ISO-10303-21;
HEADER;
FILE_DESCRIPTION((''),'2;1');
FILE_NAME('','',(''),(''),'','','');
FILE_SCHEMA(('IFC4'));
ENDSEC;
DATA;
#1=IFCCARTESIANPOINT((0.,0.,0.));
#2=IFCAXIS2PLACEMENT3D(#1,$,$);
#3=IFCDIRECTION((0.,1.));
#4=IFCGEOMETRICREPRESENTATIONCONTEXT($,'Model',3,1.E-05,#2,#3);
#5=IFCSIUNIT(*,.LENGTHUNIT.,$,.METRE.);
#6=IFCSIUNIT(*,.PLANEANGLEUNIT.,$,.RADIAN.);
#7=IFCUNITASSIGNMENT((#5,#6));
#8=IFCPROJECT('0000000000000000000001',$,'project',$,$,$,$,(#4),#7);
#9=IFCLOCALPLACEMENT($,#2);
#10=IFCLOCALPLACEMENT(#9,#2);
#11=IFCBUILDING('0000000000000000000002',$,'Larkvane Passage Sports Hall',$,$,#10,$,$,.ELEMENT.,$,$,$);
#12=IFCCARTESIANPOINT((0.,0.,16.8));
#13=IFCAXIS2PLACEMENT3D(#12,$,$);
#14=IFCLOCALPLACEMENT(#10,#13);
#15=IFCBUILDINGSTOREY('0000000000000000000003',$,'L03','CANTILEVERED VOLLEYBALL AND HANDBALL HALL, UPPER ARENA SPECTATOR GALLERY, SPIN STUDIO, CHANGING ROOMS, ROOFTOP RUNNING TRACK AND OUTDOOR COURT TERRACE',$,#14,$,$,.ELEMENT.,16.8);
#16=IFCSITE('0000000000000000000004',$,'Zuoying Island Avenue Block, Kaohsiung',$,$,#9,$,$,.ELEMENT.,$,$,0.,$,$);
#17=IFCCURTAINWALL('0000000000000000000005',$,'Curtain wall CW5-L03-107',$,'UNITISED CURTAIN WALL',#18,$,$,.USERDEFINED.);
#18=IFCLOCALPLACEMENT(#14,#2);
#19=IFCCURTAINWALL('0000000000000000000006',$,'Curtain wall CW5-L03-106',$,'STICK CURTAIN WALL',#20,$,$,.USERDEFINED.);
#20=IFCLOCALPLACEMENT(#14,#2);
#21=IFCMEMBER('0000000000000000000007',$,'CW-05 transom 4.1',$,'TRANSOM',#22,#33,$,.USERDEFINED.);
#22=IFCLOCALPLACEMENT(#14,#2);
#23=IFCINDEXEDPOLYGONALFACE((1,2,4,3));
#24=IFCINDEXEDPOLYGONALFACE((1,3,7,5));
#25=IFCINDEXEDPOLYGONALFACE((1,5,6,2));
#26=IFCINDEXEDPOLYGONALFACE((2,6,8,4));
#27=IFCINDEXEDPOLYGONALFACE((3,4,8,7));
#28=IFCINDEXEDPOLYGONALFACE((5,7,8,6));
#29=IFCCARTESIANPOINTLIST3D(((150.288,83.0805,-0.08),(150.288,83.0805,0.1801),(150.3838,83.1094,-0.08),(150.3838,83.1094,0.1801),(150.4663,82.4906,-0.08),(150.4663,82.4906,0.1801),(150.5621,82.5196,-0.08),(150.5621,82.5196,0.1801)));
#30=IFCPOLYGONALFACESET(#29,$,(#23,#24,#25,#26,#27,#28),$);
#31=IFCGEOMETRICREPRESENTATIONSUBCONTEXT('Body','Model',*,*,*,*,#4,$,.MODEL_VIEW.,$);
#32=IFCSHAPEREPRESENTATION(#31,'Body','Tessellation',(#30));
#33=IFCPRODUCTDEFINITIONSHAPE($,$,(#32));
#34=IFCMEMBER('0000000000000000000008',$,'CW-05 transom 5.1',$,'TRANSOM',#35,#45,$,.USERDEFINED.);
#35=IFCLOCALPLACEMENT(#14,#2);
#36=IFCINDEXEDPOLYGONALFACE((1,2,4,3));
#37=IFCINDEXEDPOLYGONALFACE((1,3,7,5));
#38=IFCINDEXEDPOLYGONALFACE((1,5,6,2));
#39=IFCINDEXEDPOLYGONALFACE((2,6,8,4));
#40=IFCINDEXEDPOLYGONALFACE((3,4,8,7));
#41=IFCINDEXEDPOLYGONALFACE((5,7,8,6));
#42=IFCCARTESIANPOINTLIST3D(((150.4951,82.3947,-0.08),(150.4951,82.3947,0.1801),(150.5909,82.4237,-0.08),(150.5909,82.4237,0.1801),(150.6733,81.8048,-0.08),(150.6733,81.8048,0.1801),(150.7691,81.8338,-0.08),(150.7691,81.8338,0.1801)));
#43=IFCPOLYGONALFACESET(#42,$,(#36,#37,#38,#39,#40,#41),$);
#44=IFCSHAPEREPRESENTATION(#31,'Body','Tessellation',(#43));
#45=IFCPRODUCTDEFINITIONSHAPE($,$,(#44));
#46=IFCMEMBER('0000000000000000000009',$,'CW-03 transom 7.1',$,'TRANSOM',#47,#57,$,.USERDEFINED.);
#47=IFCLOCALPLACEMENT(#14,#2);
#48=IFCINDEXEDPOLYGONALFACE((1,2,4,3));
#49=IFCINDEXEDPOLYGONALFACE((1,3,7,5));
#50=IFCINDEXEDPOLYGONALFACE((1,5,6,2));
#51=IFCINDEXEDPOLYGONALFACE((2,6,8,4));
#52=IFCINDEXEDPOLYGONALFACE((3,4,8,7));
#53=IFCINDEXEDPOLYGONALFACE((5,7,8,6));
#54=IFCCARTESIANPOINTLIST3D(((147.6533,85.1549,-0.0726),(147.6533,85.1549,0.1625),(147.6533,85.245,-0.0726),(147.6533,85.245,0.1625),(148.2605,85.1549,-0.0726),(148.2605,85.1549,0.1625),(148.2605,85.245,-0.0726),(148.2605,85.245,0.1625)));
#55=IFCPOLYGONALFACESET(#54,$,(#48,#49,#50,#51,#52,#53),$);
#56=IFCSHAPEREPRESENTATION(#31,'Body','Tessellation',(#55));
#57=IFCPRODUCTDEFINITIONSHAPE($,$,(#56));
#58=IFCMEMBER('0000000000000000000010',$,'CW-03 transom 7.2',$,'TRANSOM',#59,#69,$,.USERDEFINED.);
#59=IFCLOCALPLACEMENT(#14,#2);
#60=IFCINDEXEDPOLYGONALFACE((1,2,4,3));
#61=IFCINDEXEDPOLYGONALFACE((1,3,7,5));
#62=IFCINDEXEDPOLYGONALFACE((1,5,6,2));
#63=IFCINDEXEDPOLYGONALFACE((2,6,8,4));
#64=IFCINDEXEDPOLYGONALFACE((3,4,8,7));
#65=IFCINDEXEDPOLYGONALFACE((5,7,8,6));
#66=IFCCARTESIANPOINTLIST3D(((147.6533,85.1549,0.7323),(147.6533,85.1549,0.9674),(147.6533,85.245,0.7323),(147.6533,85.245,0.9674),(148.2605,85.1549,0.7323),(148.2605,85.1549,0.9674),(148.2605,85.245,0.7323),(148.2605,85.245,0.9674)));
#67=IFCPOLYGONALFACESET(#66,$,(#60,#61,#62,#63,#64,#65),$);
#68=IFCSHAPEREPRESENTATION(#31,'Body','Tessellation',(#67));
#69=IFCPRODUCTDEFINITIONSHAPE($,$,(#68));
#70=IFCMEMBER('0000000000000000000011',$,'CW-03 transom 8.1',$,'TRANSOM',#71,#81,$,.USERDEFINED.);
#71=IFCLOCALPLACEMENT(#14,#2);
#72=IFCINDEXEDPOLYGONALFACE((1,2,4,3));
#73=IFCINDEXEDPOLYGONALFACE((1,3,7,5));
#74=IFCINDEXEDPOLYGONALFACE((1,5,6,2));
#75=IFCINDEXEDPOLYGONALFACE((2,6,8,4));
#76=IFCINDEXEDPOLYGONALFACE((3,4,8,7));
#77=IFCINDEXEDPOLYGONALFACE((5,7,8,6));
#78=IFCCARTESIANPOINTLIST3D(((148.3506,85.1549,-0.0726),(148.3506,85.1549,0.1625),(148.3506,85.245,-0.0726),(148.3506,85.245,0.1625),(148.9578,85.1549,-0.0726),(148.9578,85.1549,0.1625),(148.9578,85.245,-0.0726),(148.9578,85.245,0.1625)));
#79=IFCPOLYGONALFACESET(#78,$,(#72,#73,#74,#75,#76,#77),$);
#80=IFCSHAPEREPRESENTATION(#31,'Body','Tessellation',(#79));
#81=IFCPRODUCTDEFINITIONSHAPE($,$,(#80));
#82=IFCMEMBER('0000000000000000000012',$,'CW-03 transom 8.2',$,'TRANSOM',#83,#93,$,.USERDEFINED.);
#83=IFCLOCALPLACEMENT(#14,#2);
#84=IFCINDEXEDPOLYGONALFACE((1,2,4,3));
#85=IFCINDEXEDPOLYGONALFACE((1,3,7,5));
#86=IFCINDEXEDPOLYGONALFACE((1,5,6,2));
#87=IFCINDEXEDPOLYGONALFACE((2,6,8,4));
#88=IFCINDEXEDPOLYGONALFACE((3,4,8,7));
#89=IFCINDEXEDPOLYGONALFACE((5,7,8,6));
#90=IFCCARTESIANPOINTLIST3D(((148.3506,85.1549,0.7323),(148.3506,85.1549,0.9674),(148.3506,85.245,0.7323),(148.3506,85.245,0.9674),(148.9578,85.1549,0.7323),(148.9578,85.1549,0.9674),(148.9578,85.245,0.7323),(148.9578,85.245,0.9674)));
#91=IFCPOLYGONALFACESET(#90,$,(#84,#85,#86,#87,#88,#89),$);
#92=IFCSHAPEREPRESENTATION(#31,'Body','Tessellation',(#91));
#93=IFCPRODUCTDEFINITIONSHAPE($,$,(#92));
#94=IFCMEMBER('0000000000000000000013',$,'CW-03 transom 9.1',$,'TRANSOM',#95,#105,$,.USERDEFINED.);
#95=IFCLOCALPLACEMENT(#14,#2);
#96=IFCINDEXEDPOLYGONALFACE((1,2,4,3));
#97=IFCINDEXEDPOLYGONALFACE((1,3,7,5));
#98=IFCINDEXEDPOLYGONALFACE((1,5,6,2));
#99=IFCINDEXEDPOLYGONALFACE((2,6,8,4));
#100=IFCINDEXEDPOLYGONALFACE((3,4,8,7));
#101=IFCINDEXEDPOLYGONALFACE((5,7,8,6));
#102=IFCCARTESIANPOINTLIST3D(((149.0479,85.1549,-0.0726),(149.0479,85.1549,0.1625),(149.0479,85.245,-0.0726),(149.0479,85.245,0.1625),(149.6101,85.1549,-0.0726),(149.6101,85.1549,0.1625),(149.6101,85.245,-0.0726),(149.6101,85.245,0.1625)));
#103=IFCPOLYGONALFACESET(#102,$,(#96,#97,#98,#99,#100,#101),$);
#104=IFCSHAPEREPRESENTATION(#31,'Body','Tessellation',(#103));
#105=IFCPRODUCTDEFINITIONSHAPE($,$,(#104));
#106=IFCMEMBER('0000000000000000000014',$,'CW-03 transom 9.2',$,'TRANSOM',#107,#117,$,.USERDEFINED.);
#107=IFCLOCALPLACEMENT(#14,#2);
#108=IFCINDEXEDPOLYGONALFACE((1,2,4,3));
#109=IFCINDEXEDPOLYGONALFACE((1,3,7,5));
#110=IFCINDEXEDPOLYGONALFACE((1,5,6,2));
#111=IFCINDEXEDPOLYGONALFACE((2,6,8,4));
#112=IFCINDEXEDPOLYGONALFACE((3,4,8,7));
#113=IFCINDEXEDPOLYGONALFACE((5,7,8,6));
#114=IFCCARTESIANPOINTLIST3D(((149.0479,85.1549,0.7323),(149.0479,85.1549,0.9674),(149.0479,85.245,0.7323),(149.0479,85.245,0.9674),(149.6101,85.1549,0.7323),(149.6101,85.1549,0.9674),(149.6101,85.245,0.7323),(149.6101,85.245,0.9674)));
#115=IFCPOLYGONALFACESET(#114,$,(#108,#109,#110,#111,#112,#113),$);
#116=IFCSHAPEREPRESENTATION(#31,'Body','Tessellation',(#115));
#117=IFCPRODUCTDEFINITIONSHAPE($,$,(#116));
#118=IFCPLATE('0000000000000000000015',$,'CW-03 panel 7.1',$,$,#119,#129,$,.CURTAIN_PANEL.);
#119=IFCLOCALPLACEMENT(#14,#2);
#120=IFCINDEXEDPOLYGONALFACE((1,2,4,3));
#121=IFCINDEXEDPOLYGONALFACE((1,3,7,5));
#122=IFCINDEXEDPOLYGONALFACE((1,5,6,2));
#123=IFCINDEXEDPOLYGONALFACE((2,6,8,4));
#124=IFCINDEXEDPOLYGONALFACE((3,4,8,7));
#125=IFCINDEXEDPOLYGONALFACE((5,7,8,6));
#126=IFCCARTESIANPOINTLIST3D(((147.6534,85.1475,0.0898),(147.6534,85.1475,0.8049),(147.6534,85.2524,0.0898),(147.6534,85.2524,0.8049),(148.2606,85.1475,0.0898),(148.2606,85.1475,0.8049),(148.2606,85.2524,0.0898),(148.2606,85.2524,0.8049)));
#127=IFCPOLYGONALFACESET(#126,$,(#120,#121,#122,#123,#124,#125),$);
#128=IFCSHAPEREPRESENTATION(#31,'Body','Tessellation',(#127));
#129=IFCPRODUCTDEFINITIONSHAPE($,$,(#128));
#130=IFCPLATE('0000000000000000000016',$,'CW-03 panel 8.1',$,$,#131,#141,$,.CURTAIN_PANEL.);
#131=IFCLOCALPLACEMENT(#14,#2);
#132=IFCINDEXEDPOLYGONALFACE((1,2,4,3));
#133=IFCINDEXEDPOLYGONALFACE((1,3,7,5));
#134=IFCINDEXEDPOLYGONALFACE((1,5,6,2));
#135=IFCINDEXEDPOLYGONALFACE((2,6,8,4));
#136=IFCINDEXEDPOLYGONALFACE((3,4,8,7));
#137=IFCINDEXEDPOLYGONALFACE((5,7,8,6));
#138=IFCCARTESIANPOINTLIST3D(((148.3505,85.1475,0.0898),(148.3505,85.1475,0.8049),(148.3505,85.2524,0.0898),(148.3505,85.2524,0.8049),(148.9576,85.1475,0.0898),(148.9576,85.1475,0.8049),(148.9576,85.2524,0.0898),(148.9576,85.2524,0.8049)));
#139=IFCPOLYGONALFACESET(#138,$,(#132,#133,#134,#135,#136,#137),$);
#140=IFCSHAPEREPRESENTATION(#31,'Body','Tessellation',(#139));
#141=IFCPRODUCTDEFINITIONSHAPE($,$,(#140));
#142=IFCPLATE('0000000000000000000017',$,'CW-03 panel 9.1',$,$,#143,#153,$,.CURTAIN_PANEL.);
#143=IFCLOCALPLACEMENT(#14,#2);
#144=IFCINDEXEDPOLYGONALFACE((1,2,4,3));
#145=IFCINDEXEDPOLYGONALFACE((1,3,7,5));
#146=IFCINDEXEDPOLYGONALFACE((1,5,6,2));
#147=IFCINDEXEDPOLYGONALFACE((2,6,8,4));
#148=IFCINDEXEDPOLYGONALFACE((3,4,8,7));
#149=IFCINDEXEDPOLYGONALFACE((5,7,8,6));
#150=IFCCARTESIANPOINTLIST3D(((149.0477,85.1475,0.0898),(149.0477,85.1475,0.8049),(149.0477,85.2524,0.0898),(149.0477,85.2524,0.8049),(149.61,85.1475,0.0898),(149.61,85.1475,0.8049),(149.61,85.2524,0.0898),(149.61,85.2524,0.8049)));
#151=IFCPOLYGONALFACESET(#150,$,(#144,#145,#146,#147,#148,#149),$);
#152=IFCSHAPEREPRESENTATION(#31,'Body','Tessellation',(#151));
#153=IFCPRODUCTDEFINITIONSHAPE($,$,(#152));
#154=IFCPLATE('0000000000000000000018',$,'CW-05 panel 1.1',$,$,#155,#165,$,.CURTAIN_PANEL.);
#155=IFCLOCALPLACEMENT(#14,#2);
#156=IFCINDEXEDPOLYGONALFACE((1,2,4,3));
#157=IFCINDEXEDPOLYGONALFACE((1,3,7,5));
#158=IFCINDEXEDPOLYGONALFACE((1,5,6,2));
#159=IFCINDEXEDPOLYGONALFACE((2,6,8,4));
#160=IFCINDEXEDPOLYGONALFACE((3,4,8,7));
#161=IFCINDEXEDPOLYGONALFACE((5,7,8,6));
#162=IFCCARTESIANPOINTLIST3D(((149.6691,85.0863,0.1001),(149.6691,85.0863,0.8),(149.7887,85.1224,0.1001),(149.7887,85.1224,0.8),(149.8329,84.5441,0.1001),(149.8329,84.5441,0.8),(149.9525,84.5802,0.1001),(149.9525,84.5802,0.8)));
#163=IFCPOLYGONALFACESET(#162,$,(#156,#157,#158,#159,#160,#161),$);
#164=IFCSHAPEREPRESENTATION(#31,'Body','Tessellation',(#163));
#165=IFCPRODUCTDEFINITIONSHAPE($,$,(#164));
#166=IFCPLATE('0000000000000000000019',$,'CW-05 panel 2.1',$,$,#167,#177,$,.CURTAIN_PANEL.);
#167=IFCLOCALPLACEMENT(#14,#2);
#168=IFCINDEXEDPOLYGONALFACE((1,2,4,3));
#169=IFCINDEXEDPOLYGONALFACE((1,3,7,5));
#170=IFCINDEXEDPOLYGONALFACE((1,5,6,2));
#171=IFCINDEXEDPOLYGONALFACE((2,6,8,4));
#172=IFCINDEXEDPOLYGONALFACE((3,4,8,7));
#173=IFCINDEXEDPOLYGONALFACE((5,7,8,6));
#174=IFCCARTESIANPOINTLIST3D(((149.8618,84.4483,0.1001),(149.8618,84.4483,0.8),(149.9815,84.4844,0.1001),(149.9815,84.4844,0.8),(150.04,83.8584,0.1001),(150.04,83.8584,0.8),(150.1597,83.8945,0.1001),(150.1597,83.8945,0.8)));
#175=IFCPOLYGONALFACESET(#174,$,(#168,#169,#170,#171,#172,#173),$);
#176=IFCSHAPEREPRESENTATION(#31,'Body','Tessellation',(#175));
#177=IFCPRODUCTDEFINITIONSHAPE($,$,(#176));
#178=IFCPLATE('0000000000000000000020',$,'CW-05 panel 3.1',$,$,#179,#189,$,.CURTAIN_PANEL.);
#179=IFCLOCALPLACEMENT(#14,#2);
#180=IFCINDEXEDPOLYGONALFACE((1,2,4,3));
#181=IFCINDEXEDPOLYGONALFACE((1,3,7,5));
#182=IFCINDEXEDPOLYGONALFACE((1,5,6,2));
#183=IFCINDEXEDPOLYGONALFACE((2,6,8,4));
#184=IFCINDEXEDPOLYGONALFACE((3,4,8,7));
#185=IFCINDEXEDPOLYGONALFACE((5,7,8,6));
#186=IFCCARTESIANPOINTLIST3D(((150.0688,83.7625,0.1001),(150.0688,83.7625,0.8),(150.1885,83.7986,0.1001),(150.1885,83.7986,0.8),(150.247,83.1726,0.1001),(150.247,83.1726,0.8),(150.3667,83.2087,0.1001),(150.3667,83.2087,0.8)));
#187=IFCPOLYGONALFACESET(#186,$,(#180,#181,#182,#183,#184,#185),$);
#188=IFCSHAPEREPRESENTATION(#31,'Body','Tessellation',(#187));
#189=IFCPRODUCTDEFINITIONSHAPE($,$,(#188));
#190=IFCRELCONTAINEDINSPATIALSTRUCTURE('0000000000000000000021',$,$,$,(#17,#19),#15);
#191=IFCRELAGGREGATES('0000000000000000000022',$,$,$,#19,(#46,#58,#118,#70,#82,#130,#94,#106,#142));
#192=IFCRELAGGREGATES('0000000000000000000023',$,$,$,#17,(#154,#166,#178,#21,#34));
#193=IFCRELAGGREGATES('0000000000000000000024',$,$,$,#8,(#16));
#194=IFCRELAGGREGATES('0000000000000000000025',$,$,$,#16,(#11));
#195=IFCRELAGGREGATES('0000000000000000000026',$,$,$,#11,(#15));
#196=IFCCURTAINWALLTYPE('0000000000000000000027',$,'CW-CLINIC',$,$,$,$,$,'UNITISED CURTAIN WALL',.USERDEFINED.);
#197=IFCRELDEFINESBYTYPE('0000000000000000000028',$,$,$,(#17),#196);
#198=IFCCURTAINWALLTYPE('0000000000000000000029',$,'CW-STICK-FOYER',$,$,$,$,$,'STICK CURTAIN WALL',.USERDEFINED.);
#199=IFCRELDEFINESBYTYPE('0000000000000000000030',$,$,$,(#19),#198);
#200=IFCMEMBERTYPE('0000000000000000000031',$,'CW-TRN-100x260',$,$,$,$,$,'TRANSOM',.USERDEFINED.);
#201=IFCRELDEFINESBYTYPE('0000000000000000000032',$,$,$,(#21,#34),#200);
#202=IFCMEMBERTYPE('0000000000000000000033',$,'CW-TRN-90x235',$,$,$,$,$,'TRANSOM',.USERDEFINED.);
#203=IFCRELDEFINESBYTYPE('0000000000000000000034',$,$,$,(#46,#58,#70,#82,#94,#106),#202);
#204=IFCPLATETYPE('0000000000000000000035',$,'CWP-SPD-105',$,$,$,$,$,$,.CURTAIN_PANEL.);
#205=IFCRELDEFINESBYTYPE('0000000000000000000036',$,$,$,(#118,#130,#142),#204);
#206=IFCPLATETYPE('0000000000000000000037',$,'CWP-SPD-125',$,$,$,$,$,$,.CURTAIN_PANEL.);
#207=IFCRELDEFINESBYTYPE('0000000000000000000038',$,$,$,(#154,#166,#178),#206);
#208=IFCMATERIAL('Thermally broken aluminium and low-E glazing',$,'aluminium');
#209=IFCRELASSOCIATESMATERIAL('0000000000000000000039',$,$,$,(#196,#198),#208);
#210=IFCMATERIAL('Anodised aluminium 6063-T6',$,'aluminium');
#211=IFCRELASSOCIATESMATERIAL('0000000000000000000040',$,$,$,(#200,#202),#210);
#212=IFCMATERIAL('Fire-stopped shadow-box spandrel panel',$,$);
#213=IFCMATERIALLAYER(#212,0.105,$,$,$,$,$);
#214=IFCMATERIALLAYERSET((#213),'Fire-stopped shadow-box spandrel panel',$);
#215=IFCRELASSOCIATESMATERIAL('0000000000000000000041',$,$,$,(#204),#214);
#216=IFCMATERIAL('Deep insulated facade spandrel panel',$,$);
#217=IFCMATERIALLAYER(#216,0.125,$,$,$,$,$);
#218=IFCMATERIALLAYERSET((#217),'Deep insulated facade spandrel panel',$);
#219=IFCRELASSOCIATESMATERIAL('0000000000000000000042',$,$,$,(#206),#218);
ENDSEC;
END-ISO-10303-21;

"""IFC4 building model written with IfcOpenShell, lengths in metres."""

from ifc_helpers import new_model, si_unit, direction, frame, origin, origin_2d, place, context, subcontext, project, spatial, rectangle, extrude, material, layer, layer_set, material_profile, profile_set, type_object, element, aggregate, save


model = new_model("IFC4")

# Units and contexts
model_context = context("Model", 3, precision=1e-05, world=origin(), true_north=direction((0.0, 1.0)))
body_context = subcontext(model_context, "Body", "Model", "MODEL_VIEW")
ifc_project = project(units=[si_unit("LENGTHUNIT", "METRE"), si_unit("PLANEANGLEUNIT", "RADIAN")], contexts=[model_context])

# Site, building, storey
site_placement = place(None, origin())
site = spatial("IfcSite", under=ifc_project, at=site_placement, Name="Zuoying Island Avenue Block, Kaohsiung", CompositionType="ELEMENT", RefElevation=0.0)
building_placement = place(site_placement, origin())
building = spatial("IfcBuilding", under=site, at=building_placement, Name="Larkvane Passage Sports Hall", CompositionType="ELEMENT")
storey_placement = place(building_placement, frame((0.0, 0.0, 16.8)))
storey = spatial("IfcBuildingStorey", under=building, at=storey_placement, Name="L03", Description="CANTILEVERED VOLLEYBALL AND HANDBALL HALL, UPPER ARENA SPECTATOR GALLERY, SPIN STUDIO, CHANGING ROOMS, ROOFTOP RUNNING TRACK AND OUTDOOR COURT TERRACE", CompositionType="ELEMENT", Elevation=16.8)

# Curtain walls
ifc_material_1 = material(Name="Thermally broken aluminium and low-E glazing", Category="aluminium")
curtain_wall_type_1 = type_object("IfcCurtainWallType", Name="CW-CLINIC", ElementType="UNITISED CURTAIN WALL", PredefinedType="USERDEFINED", material=ifc_material_1)
curtain_wall_1_placement = place(storey_placement, origin())
curtain_wall_1 = element("IfcCurtainWall", 1, at=curtain_wall_1_placement, inside=storey, type_object=curtain_wall_type_1, Name="Curtain wall CW5-L03-107", ObjectType="UNITISED CURTAIN WALL", PredefinedType="USERDEFINED")
ifc_material_2 = material(Name="Anodised aluminium 6063-T6", Category="aluminium")
curtain_wall_type_2 = type_object("IfcCurtainWallType", Name="CW-STICK-FOYER", ElementType="STICK CURTAIN WALL", PredefinedType="USERDEFINED", material=ifc_material_1)
curtain_wall_2_placement = place(storey_placement, origin())
curtain_wall_2 = element("IfcCurtainWall", 2, at=curtain_wall_2_placement, inside=storey, type_object=curtain_wall_type_2, Name="Curtain wall CW5-L03-106", ObjectType="STICK CURTAIN WALL", PredefinedType="USERDEFINED")

# Members
ifc_material_profile_1 = material_profile(ifc_material_2, rectangle(XDim=0.1001, YDim=0.26, at=origin_2d()), Name="ALU-TRN-100x260")
ifc_profile_set_1 = profile_set([ifc_material_profile_1], Name="Anodised aluminium 6063-T6")
member_type_1 = type_object("IfcMemberType", Name="CW-TRN-100x260", ElementType="TRANSOM", PredefinedType="USERDEFINED", material=ifc_profile_set_1)
member_1_placement = place(storey_placement, frame((150.3359, 83.095, 0.05), z_axis=(0.289238, -0.957257, 0.0), x_axis=(0.957257, 0.289238, 0.0)))
member_1 = element("IfcMember", 3, at=member_1_placement, type_object=member_type_1, Name="CW-05 transom 4.1", ObjectType="TRANSOM", PredefinedType="USERDEFINED", context=body_context, shape_type="SweptSolid", body=[
    extrude(rectangle(XDim=0.1001, YDim=0.26, at=origin_2d()), origin(), (0.0, 0.0, 1.0), 0.6162),
])
member_2_placement = place(storey_placement, frame((150.543, 82.4092, 0.05), z_axis=(0.289238, -0.957257, 0.0), x_axis=(0.957257, 0.289238, 0.0)))
member_2 = element("IfcMember", 4, at=member_2_placement, type_object=member_type_1, Name="CW-05 transom 5.1", ObjectType="TRANSOM", PredefinedType="USERDEFINED", context=body_context, shape_type="SweptSolid", body=[
    extrude(rectangle(XDim=0.1001, YDim=0.26, at=origin_2d()), origin(), (0.0, 0.0, 1.0), 0.6162),
])
ifc_material_profile_2 = material_profile(ifc_material_2, rectangle(XDim=0.0901, YDim=0.2351, at=origin_2d()), Name="ALU-TRN-90x235")
ifc_profile_set_2 = profile_set([ifc_material_profile_2], Name="Anodised aluminium 6063-T6")
member_type_2 = type_object("IfcMemberType", Name="CW-TRN-90x235", ElementType="TRANSOM", PredefinedType="USERDEFINED", material=ifc_profile_set_2)
member_3_placement = place(storey_placement, frame((147.6533, 85.2, 0.0449), z_axis=(1.0, 0.0, 0.0), x_axis=(0.0, 1.0, 0.0)))
member_3 = element("IfcMember", 5, at=member_3_placement, type_object=member_type_2, Name="CW-03 transom 7.1", ObjectType="TRANSOM", PredefinedType="USERDEFINED", context=body_context, shape_type="SweptSolid", body=[
    extrude(rectangle(XDim=0.0901, YDim=0.2351, at=origin_2d()), origin(), (0.0, 0.0, 1.0), 0.6072),
])
member_4_placement = place(storey_placement, frame((147.6533, 85.2, 0.8499), z_axis=(1.0, 0.0, 0.0), x_axis=(0.0, 1.0, 0.0)))
member_4 = element("IfcMember", 6, at=member_4_placement, type_object=member_type_2, Name="CW-03 transom 7.2", ObjectType="TRANSOM", PredefinedType="USERDEFINED", context=body_context, shape_type="SweptSolid", body=[
    extrude(rectangle(XDim=0.0901, YDim=0.2351, at=origin_2d()), origin(), (0.0, 0.0, 1.0), 0.6072),
])
member_5_placement = place(storey_placement, frame((148.3506, 85.2, 0.0449), z_axis=(1.0, 0.0, 0.0), x_axis=(0.0, 1.0, 0.0)))
member_5 = element("IfcMember", 7, at=member_5_placement, type_object=member_type_2, Name="CW-03 transom 8.1", ObjectType="TRANSOM", PredefinedType="USERDEFINED", context=body_context, shape_type="SweptSolid", body=[
    extrude(rectangle(XDim=0.0901, YDim=0.2351, at=origin_2d()), origin(), (0.0, 0.0, 1.0), 0.6072),
])
member_6_placement = place(storey_placement, frame((148.3506, 85.2, 0.8499), z_axis=(1.0, 0.0, 0.0), x_axis=(0.0, 1.0, 0.0)))
member_6 = element("IfcMember", 8, at=member_6_placement, type_object=member_type_2, Name="CW-03 transom 8.2", ObjectType="TRANSOM", PredefinedType="USERDEFINED", context=body_context, shape_type="SweptSolid", body=[
    extrude(rectangle(XDim=0.0901, YDim=0.2351, at=origin_2d()), origin(), (0.0, 0.0, 1.0), 0.6072),
])
member_7_placement = place(storey_placement, frame((149.0479, 85.2, 0.0449), z_axis=(1.0, 0.0, 0.0), x_axis=(0.0, 1.0, 0.0)))
member_7 = element("IfcMember", 9, at=member_7_placement, type_object=member_type_2, Name="CW-03 transom 9.1", ObjectType="TRANSOM", PredefinedType="USERDEFINED", context=body_context, shape_type="SweptSolid", body=[
    extrude(rectangle(XDim=0.0901, YDim=0.2351, at=origin_2d()), origin(), (0.0, 0.0, 1.0), 0.5623),
])
member_8_placement = place(storey_placement, frame((149.0479, 85.2, 0.8499), z_axis=(1.0, 0.0, 0.0), x_axis=(0.0, 1.0, 0.0)))
member_8 = element("IfcMember", 10, at=member_8_placement, type_object=member_type_2, Name="CW-03 transom 9.2", ObjectType="TRANSOM", PredefinedType="USERDEFINED", context=body_context, shape_type="SweptSolid", body=[
    extrude(rectangle(XDim=0.0901, YDim=0.2351, at=origin_2d()), origin(), (0.0, 0.0, 1.0), 0.5623),
])

# Plates
ifc_material_3 = material(Name="Fire-stopped shadow-box spandrel panel")
ifc_layer_1 = layer(ifc_material_3, 0.105)
ifc_layer_set_1 = layer_set([ifc_layer_1], Name="Fire-stopped shadow-box spandrel panel")
plate_type_1 = type_object("IfcPlateType", Name="CWP-SPD-105", PredefinedType="CURTAIN_PANEL", material=ifc_layer_set_1)
plate_1_placement = place(storey_placement, frame((147.957, 85.2, 0.0898), z_axis=(0.0, 0.0, 1.0), x_axis=(1.0, 0.0, 0.0)))
plate_1 = element("IfcPlate", 11, at=plate_1_placement, type_object=plate_type_1, Name="CW-03 panel 7.1", PredefinedType="CURTAIN_PANEL", context=body_context, shape_type="SweptSolid", body=[
    extrude(rectangle(XDim=0.6072, YDim=0.105, at=origin_2d()), origin(), (0.0, 0.0, 1.0), 0.7151),
])
plate_2_placement = place(storey_placement, frame((148.6541, 85.2, 0.0898), z_axis=(0.0, 0.0, 1.0), x_axis=(1.0, 0.0, 0.0)))
plate_2 = element("IfcPlate", 12, at=plate_2_placement, type_object=plate_type_1, Name="CW-03 panel 8.1", PredefinedType="CURTAIN_PANEL", context=body_context, shape_type="SweptSolid", body=[
    extrude(rectangle(XDim=0.6072, YDim=0.105, at=origin_2d()), origin(), (0.0, 0.0, 1.0), 0.7151),
])
plate_3_placement = place(storey_placement, frame((149.3289, 85.2, 0.0898), z_axis=(0.0, 0.0, 1.0), x_axis=(1.0, 0.0, 0.0)))
plate_3 = element("IfcPlate", 13, at=plate_3_placement, type_object=plate_type_1, Name="CW-03 panel 9.1", PredefinedType="CURTAIN_PANEL", context=body_context, shape_type="SweptSolid", body=[
    extrude(rectangle(XDim=0.5623, YDim=0.105, at=origin_2d()), origin(), (0.0, 0.0, 1.0), 0.7151),
])
aggregate(curtain_wall_2, [member_3, member_4, plate_1, member_5, member_6, plate_2, member_7, member_8, plate_3])
ifc_material_4 = material(Name="Deep insulated facade spandrel panel")
ifc_layer_2 = layer(ifc_material_4, 0.125)
ifc_layer_set_2 = layer_set([ifc_layer_2], Name="Deep insulated facade spandrel panel")
plate_type_2 = type_object("IfcPlateType", Name="CWP-SPD-125", PredefinedType="CURTAIN_PANEL", material=ifc_layer_set_2)
plate_4_placement = place(storey_placement, frame((149.8108, 84.8333, 0.1001), z_axis=(0.0, 0.0, 1.0), x_axis=(0.289177, -0.957276, 0.0)))
plate_4 = element("IfcPlate", 14, at=plate_4_placement, type_object=plate_type_2, Name="CW-05 panel 1.1", PredefinedType="CURTAIN_PANEL", context=body_context, shape_type="SweptSolid", body=[
    extrude(rectangle(XDim=0.5664, YDim=0.125, at=origin_2d()), origin(), (0.0, 0.0, 1.0), 0.7),
])
plate_5_placement = place(storey_placement, frame((150.0107, 84.1714, 0.1001), z_axis=(0.0, 0.0, 1.0), x_axis=(0.289177, -0.957276, 0.0)))
plate_5 = element("IfcPlate", 15, at=plate_5_placement, type_object=plate_type_2, Name="CW-05 panel 2.1", PredefinedType="CURTAIN_PANEL", context=body_context, shape_type="SweptSolid", body=[
    extrude(rectangle(XDim=0.6162, YDim=0.125, at=origin_2d()), origin(), (0.0, 0.0, 1.0), 0.7),
])
plate_6_placement = place(storey_placement, frame((150.2178, 83.4856, 0.1001), z_axis=(0.0, 0.0, 1.0), x_axis=(0.289177, -0.957276, 0.0)))
plate_6 = element("IfcPlate", 16, at=plate_6_placement, type_object=plate_type_2, Name="CW-05 panel 3.1", PredefinedType="CURTAIN_PANEL", context=body_context, shape_type="SweptSolid", body=[
    extrude(rectangle(XDim=0.6162, YDim=0.125, at=origin_2d()), origin(), (0.0, 0.0, 1.0), 0.7),
])
aggregate(curtain_wall_1, [plate_4, plate_5, plate_6, member_1, member_2])

save(model, "model.ifc")
